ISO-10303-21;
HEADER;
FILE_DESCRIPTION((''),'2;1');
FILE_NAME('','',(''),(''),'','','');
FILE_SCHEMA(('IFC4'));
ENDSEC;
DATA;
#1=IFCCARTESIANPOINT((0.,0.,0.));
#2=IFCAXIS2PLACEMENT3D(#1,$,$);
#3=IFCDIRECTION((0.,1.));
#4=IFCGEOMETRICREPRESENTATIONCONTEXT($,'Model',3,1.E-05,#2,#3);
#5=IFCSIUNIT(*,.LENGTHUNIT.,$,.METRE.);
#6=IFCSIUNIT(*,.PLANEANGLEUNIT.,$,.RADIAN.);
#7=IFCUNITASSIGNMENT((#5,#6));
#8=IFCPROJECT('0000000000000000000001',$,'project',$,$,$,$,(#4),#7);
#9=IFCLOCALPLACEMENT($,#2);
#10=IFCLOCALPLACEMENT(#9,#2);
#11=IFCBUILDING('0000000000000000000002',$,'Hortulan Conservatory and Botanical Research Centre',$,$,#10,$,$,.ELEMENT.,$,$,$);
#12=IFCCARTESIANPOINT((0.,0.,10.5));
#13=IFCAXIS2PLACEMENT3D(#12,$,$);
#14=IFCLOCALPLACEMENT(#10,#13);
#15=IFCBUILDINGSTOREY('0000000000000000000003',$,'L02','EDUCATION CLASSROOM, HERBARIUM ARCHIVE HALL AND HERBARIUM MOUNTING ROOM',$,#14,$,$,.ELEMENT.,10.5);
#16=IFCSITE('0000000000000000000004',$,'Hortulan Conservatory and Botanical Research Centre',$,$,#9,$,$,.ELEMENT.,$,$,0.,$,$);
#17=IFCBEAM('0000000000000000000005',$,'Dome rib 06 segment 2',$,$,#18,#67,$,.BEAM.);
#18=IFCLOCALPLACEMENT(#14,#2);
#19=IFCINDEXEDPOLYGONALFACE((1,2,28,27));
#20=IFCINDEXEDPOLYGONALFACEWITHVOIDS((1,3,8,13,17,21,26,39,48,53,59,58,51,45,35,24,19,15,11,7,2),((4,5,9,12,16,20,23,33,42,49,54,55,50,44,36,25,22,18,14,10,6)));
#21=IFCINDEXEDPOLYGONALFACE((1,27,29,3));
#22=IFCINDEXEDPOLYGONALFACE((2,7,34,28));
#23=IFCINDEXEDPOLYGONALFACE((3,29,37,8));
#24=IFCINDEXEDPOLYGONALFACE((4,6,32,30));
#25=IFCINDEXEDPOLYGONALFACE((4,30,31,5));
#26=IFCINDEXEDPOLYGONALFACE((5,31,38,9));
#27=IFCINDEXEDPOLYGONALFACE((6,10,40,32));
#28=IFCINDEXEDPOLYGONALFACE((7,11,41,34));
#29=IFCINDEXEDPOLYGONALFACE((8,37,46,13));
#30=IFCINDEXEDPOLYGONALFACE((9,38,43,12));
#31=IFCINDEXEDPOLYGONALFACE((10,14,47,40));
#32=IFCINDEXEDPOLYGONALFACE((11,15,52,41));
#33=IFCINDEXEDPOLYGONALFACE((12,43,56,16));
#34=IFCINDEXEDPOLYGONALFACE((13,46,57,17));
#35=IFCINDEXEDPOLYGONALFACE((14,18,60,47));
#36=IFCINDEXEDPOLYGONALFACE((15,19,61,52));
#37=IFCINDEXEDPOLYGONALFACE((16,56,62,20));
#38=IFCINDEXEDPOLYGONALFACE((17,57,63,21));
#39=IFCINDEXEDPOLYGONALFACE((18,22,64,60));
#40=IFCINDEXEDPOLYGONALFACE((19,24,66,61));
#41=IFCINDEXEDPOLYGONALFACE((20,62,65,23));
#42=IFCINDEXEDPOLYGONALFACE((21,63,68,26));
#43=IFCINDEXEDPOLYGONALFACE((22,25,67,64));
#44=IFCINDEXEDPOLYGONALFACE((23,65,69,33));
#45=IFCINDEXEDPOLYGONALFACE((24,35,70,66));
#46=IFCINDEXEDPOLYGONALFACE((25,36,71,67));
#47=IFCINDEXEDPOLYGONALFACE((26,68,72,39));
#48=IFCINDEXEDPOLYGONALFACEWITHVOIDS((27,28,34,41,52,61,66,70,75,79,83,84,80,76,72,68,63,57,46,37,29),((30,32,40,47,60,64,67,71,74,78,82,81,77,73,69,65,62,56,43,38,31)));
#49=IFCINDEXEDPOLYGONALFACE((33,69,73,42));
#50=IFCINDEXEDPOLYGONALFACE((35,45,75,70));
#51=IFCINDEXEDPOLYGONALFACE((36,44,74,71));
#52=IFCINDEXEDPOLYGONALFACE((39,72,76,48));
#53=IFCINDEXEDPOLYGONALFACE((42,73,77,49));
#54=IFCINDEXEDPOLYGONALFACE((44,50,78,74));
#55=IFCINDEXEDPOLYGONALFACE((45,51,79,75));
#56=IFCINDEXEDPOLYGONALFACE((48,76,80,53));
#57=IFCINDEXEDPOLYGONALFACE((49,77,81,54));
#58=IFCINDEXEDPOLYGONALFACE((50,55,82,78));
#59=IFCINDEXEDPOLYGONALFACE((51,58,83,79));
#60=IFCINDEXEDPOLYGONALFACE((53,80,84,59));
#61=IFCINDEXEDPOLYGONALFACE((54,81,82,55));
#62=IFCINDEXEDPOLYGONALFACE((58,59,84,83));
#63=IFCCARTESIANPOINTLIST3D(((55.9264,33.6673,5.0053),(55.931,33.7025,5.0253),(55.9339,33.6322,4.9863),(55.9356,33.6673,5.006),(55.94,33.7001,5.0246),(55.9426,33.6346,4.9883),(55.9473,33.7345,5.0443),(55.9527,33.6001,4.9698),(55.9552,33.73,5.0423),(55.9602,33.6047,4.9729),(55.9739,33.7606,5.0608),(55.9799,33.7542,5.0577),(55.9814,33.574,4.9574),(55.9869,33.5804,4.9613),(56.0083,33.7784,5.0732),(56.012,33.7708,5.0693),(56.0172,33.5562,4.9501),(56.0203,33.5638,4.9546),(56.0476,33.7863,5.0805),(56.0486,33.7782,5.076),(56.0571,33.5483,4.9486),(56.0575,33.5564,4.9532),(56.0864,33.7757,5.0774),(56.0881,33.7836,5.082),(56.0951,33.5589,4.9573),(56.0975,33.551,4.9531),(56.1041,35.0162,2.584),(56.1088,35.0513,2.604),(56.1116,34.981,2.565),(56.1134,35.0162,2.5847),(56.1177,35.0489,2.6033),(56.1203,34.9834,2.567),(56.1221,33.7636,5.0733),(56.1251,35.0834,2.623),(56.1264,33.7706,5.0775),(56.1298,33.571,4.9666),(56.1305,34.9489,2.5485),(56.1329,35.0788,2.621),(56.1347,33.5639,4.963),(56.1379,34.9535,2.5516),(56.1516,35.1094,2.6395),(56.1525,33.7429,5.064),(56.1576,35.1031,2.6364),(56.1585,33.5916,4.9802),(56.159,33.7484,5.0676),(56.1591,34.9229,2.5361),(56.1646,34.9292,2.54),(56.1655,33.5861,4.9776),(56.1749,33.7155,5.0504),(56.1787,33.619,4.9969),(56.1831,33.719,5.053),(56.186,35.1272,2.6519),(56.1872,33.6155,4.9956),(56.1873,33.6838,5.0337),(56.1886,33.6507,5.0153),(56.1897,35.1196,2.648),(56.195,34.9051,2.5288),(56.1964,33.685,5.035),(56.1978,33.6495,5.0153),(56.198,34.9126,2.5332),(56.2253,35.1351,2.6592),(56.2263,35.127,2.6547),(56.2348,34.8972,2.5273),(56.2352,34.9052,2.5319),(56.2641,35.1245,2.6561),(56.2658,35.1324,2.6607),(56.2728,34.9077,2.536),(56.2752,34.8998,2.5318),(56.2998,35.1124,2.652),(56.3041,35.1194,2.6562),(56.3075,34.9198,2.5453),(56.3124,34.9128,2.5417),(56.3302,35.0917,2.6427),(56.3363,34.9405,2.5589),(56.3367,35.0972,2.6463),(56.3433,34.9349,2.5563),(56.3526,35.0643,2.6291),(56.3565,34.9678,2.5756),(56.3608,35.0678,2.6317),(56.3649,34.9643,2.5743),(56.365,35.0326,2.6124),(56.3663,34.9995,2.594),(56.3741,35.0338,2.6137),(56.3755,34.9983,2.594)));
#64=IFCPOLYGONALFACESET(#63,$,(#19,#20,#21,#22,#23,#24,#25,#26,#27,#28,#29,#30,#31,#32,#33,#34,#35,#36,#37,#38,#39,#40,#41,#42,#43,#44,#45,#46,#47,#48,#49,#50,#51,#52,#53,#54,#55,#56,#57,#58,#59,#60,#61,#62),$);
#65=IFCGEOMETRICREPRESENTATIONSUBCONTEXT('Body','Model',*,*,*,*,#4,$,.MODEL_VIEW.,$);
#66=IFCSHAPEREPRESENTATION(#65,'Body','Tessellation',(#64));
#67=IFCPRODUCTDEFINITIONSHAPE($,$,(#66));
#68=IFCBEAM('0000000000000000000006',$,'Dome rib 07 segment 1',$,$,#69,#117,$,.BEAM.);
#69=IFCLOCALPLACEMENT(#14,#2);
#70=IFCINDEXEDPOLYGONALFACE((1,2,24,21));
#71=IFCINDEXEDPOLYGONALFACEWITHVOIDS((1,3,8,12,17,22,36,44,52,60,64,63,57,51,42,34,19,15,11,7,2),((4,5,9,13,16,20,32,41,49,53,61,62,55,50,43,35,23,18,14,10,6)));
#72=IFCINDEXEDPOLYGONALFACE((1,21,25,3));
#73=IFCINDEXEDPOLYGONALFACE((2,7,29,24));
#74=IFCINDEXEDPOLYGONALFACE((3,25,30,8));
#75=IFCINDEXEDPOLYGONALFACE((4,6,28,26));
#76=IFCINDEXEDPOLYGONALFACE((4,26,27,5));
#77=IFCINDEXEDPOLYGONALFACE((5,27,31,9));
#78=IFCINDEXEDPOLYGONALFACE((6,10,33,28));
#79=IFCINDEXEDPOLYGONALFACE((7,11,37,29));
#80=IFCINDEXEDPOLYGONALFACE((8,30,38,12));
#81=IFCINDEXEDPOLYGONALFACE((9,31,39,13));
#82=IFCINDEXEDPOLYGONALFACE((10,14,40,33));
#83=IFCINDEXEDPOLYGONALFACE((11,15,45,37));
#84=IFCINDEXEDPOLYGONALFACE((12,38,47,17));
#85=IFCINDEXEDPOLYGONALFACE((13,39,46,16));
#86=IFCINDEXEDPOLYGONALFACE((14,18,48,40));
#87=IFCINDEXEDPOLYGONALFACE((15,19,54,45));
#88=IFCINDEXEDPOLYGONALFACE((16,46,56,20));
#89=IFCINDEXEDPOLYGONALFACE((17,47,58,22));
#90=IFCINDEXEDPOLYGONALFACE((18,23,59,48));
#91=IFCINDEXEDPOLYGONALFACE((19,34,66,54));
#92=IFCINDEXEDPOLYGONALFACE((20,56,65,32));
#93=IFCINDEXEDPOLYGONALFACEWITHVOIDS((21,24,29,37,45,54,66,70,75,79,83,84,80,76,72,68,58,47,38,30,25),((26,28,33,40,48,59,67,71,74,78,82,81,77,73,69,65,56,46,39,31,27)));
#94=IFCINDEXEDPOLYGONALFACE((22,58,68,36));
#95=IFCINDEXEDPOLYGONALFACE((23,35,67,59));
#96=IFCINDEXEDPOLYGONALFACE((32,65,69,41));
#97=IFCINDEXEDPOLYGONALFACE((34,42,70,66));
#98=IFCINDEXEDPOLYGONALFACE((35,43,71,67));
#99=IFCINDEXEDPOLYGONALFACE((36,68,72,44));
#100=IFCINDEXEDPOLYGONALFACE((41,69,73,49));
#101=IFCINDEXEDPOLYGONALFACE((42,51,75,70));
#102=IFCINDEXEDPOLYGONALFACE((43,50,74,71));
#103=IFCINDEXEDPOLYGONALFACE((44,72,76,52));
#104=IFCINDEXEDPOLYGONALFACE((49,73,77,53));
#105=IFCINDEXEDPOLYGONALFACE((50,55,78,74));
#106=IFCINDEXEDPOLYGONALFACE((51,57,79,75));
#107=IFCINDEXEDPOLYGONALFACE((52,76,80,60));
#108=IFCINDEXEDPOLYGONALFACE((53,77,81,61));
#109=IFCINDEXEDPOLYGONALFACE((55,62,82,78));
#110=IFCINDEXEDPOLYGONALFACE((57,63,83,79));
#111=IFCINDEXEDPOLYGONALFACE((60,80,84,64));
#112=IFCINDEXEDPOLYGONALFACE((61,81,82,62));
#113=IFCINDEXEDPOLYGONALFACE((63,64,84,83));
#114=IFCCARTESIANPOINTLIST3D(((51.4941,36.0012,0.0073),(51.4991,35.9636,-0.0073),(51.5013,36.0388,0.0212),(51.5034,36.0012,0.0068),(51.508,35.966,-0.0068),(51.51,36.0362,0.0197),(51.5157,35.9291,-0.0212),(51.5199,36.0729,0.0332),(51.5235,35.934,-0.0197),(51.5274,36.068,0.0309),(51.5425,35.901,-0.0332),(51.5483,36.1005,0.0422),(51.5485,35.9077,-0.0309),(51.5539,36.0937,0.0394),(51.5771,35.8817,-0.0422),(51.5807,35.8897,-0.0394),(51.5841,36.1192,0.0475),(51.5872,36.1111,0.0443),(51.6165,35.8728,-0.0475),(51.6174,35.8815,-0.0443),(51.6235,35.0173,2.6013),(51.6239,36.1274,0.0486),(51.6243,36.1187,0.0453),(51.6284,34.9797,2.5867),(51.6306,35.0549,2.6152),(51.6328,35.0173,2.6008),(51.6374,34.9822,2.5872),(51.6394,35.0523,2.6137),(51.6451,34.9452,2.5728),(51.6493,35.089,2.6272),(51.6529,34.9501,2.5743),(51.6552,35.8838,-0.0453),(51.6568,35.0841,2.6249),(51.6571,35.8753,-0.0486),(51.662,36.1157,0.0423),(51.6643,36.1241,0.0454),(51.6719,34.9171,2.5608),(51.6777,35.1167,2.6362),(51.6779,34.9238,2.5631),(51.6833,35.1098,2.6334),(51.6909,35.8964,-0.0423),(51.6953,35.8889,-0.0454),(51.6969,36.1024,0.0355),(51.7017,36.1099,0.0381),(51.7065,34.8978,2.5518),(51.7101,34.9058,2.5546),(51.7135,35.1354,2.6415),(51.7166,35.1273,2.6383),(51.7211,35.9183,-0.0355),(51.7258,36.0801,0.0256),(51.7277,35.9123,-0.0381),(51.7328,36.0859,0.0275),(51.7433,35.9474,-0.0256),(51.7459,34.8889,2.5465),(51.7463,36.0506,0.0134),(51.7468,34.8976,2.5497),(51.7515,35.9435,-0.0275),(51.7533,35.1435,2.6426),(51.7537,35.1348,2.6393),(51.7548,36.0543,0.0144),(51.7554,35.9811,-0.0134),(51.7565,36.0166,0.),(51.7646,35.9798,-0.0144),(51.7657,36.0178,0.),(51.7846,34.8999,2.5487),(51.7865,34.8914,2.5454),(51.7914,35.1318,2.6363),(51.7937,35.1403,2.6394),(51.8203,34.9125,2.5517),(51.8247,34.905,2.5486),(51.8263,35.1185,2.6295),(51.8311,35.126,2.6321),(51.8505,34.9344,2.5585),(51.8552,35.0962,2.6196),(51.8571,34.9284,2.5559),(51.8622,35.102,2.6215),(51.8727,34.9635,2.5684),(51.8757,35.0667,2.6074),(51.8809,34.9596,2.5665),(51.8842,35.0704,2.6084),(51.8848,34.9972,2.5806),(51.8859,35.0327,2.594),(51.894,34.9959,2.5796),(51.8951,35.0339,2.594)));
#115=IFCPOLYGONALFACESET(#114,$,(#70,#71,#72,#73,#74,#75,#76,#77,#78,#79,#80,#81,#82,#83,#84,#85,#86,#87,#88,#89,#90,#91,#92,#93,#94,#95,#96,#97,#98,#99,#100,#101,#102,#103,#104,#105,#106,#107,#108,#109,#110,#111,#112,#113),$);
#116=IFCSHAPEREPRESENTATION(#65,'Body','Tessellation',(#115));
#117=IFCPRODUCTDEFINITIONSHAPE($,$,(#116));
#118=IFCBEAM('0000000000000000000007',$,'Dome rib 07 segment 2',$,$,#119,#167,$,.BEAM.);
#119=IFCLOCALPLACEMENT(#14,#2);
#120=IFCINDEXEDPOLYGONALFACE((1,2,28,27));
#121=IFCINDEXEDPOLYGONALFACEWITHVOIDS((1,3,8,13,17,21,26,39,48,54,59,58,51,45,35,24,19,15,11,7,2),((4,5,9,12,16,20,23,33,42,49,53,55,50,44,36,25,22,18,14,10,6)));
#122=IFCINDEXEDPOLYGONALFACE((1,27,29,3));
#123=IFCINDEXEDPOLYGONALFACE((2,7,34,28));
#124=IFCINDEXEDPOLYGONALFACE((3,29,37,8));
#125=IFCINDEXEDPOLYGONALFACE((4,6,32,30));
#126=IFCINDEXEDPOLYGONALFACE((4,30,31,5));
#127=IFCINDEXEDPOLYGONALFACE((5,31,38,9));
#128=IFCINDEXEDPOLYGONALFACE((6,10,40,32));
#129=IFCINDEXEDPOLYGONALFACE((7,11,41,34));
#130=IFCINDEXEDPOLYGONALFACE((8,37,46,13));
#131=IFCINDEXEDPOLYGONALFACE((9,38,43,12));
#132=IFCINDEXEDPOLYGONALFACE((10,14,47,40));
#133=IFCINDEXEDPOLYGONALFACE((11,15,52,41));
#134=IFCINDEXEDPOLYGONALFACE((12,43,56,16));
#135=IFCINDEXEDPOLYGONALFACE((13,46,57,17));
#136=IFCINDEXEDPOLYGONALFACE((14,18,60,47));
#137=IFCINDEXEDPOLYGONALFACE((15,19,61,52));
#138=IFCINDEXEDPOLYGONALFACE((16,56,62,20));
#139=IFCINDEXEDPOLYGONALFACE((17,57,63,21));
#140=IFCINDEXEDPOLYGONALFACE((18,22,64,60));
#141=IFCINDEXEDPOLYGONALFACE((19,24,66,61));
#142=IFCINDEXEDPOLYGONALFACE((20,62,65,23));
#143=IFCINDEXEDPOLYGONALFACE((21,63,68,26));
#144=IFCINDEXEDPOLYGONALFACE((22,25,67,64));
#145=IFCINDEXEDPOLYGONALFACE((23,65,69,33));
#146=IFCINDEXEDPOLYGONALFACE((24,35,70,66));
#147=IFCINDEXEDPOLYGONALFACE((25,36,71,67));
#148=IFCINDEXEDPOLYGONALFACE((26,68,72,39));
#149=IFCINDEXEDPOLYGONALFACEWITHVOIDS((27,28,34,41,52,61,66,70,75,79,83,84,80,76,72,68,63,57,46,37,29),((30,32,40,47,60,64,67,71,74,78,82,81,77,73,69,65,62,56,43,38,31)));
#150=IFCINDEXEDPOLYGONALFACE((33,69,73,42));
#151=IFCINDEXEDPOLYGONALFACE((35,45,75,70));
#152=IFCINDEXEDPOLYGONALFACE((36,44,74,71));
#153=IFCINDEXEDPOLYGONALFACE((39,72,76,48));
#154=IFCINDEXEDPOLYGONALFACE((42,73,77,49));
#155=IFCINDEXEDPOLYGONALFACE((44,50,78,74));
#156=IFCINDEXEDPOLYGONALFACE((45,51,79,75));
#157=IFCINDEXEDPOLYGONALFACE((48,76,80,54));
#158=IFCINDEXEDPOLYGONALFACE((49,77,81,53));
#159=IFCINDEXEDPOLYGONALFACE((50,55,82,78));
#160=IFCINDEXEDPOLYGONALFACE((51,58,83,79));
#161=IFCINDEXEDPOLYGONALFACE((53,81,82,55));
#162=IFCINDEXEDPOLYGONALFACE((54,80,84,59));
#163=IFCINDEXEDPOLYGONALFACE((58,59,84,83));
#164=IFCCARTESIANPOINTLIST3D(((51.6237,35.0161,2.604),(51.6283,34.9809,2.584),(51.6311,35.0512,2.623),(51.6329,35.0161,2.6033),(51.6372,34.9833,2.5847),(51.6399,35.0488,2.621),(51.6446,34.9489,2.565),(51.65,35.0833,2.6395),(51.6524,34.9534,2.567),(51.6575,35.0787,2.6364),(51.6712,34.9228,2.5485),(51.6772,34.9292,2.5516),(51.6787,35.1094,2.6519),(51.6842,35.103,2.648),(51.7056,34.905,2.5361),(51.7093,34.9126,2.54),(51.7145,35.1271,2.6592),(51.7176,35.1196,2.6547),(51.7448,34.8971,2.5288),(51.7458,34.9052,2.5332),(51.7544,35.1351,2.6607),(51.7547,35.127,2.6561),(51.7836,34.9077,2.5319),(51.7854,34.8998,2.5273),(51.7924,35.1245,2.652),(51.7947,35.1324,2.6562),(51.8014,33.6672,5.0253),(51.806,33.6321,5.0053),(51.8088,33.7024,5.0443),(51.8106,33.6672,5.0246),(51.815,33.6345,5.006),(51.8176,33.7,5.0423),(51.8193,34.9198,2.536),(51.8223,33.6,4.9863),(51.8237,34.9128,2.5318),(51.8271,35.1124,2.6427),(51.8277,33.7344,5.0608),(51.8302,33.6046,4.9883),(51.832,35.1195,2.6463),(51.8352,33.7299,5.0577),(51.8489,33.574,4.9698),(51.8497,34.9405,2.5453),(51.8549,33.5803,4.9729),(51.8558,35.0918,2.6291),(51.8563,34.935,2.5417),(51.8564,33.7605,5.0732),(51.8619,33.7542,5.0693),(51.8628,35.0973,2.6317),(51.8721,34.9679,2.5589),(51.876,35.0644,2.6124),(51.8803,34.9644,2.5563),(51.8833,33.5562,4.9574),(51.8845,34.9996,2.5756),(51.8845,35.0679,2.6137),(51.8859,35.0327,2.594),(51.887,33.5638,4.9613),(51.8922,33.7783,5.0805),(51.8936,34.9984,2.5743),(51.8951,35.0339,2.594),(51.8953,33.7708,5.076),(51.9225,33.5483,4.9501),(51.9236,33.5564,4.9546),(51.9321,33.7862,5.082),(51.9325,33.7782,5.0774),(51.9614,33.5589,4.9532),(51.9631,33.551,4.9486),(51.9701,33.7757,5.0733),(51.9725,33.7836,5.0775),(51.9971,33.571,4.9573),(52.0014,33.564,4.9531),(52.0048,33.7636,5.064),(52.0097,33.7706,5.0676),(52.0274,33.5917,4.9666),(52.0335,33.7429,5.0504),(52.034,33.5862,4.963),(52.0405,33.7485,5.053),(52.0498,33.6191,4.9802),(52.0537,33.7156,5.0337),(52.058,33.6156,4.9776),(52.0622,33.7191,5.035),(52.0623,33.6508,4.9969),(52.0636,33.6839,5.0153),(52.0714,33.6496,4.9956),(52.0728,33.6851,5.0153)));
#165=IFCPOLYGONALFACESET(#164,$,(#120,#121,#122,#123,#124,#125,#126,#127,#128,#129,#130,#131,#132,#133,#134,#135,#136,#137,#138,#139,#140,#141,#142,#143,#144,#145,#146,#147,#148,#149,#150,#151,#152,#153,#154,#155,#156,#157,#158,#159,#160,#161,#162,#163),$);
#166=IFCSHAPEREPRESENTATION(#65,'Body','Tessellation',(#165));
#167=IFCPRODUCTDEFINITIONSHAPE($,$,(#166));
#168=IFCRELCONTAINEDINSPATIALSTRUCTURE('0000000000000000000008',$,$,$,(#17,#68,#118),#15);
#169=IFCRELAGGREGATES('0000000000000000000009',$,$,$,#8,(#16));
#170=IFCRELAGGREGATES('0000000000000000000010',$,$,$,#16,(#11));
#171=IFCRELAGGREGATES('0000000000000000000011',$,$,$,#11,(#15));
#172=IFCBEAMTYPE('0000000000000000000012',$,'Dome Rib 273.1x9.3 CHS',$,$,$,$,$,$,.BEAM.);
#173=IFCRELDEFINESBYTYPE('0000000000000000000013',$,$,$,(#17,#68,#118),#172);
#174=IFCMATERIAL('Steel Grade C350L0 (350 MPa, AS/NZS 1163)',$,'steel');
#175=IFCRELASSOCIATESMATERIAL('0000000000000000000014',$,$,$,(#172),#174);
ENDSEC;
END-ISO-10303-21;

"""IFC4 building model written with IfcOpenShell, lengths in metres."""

from ifc_helpers import new_model, si_unit, direction, frame, origin, origin_2d, place, context, subcontext, project, spatial, hollow_circle, extrude, material, material_profile, profile_set, type_object, element, save


model = new_model("IFC4")

# Units and contexts
model_context = context("Model", 3, precision=1e-05, world=origin(), true_north=direction((0.0, 1.0)))
body_context = subcontext(model_context, "Body", "Model", "MODEL_VIEW")
ifc_project = project(units=[si_unit("LENGTHUNIT", "METRE"), si_unit("PLANEANGLEUNIT", "RADIAN")], contexts=[model_context])

# Site, building, storey
site_placement = place(None, origin())
site = spatial("IfcSite", under=ifc_project, at=site_placement, Name="Hortulan Conservatory and Botanical Research Centre", CompositionType="ELEMENT", RefElevation=0.0)
building_placement = place(site_placement, origin())
building = spatial("IfcBuilding", under=site, at=building_placement, Name="Hortulan Conservatory and Botanical Research Centre", CompositionType="ELEMENT")
storey_placement = place(building_placement, frame((0.0, 0.0, 10.5)))
storey = spatial("IfcBuildingStorey", under=building, at=storey_placement, Name="L02", Description="EDUCATION CLASSROOM, HERBARIUM ARCHIVE HALL AND HERBARIUM MOUNTING ROOM", CompositionType="ELEMENT", Elevation=10.5)

# Beams
ifc_material_1 = material(Name="Steel Grade C350L0 (350 MPa, AS/NZS 1163)", Category="steel")
ifc_material_profile_1 = material_profile(ifc_material_1, hollow_circle(Radius=0.1365, WallThickness=0.0093, at=origin_2d()), Name="273.1x9.3CHS")
ifc_profile_set_1 = profile_set([ifc_material_profile_1], Name="Steel Grade C350L0 (350 MPa, AS/NZS 1163)")
beam_type_1 = type_object("IfcBeamType", Name="Dome Rib 273.1x9.3 CHS", PredefinedType="BEAM", material=ifc_profile_set_1)
for number, where, z_axis, x_axis, name in (
    (1, (56.2402, 35.0161, 2.594), (-0.063992, -0.485655, 0.871805), (0.99143, -0.130636, 0.0), "Dome rib 06 segment 2"),
    (2, (51.6304, 36.0, 0.0), (0.046589, -0.354256, 0.933987), (0.991463, 0.130391, 0.0), "Dome rib 07 segment 1"),
    (3, (51.7598, 35.0161, 2.594), (0.063992, -0.485655, 0.871805), (0.99143, 0.130636, 0.0), "Dome rib 07 segment 2"),
):
    element("IfcBeam", number, at=place(storey_placement, frame(where, z_axis=z_axis, x_axis=x_axis)), inside=storey, type_object=beam_type_1, Name=name, PredefinedType="BEAM", context=body_context, shape_type="SweptSolid", body=[
        extrude(hollow_circle(Radius=0.1365, WallThickness=0.0093, at=origin_2d()), origin(), (0.0, 0.0, 1.0), 2.7773),
    ])

save(model, "model.ifc")
